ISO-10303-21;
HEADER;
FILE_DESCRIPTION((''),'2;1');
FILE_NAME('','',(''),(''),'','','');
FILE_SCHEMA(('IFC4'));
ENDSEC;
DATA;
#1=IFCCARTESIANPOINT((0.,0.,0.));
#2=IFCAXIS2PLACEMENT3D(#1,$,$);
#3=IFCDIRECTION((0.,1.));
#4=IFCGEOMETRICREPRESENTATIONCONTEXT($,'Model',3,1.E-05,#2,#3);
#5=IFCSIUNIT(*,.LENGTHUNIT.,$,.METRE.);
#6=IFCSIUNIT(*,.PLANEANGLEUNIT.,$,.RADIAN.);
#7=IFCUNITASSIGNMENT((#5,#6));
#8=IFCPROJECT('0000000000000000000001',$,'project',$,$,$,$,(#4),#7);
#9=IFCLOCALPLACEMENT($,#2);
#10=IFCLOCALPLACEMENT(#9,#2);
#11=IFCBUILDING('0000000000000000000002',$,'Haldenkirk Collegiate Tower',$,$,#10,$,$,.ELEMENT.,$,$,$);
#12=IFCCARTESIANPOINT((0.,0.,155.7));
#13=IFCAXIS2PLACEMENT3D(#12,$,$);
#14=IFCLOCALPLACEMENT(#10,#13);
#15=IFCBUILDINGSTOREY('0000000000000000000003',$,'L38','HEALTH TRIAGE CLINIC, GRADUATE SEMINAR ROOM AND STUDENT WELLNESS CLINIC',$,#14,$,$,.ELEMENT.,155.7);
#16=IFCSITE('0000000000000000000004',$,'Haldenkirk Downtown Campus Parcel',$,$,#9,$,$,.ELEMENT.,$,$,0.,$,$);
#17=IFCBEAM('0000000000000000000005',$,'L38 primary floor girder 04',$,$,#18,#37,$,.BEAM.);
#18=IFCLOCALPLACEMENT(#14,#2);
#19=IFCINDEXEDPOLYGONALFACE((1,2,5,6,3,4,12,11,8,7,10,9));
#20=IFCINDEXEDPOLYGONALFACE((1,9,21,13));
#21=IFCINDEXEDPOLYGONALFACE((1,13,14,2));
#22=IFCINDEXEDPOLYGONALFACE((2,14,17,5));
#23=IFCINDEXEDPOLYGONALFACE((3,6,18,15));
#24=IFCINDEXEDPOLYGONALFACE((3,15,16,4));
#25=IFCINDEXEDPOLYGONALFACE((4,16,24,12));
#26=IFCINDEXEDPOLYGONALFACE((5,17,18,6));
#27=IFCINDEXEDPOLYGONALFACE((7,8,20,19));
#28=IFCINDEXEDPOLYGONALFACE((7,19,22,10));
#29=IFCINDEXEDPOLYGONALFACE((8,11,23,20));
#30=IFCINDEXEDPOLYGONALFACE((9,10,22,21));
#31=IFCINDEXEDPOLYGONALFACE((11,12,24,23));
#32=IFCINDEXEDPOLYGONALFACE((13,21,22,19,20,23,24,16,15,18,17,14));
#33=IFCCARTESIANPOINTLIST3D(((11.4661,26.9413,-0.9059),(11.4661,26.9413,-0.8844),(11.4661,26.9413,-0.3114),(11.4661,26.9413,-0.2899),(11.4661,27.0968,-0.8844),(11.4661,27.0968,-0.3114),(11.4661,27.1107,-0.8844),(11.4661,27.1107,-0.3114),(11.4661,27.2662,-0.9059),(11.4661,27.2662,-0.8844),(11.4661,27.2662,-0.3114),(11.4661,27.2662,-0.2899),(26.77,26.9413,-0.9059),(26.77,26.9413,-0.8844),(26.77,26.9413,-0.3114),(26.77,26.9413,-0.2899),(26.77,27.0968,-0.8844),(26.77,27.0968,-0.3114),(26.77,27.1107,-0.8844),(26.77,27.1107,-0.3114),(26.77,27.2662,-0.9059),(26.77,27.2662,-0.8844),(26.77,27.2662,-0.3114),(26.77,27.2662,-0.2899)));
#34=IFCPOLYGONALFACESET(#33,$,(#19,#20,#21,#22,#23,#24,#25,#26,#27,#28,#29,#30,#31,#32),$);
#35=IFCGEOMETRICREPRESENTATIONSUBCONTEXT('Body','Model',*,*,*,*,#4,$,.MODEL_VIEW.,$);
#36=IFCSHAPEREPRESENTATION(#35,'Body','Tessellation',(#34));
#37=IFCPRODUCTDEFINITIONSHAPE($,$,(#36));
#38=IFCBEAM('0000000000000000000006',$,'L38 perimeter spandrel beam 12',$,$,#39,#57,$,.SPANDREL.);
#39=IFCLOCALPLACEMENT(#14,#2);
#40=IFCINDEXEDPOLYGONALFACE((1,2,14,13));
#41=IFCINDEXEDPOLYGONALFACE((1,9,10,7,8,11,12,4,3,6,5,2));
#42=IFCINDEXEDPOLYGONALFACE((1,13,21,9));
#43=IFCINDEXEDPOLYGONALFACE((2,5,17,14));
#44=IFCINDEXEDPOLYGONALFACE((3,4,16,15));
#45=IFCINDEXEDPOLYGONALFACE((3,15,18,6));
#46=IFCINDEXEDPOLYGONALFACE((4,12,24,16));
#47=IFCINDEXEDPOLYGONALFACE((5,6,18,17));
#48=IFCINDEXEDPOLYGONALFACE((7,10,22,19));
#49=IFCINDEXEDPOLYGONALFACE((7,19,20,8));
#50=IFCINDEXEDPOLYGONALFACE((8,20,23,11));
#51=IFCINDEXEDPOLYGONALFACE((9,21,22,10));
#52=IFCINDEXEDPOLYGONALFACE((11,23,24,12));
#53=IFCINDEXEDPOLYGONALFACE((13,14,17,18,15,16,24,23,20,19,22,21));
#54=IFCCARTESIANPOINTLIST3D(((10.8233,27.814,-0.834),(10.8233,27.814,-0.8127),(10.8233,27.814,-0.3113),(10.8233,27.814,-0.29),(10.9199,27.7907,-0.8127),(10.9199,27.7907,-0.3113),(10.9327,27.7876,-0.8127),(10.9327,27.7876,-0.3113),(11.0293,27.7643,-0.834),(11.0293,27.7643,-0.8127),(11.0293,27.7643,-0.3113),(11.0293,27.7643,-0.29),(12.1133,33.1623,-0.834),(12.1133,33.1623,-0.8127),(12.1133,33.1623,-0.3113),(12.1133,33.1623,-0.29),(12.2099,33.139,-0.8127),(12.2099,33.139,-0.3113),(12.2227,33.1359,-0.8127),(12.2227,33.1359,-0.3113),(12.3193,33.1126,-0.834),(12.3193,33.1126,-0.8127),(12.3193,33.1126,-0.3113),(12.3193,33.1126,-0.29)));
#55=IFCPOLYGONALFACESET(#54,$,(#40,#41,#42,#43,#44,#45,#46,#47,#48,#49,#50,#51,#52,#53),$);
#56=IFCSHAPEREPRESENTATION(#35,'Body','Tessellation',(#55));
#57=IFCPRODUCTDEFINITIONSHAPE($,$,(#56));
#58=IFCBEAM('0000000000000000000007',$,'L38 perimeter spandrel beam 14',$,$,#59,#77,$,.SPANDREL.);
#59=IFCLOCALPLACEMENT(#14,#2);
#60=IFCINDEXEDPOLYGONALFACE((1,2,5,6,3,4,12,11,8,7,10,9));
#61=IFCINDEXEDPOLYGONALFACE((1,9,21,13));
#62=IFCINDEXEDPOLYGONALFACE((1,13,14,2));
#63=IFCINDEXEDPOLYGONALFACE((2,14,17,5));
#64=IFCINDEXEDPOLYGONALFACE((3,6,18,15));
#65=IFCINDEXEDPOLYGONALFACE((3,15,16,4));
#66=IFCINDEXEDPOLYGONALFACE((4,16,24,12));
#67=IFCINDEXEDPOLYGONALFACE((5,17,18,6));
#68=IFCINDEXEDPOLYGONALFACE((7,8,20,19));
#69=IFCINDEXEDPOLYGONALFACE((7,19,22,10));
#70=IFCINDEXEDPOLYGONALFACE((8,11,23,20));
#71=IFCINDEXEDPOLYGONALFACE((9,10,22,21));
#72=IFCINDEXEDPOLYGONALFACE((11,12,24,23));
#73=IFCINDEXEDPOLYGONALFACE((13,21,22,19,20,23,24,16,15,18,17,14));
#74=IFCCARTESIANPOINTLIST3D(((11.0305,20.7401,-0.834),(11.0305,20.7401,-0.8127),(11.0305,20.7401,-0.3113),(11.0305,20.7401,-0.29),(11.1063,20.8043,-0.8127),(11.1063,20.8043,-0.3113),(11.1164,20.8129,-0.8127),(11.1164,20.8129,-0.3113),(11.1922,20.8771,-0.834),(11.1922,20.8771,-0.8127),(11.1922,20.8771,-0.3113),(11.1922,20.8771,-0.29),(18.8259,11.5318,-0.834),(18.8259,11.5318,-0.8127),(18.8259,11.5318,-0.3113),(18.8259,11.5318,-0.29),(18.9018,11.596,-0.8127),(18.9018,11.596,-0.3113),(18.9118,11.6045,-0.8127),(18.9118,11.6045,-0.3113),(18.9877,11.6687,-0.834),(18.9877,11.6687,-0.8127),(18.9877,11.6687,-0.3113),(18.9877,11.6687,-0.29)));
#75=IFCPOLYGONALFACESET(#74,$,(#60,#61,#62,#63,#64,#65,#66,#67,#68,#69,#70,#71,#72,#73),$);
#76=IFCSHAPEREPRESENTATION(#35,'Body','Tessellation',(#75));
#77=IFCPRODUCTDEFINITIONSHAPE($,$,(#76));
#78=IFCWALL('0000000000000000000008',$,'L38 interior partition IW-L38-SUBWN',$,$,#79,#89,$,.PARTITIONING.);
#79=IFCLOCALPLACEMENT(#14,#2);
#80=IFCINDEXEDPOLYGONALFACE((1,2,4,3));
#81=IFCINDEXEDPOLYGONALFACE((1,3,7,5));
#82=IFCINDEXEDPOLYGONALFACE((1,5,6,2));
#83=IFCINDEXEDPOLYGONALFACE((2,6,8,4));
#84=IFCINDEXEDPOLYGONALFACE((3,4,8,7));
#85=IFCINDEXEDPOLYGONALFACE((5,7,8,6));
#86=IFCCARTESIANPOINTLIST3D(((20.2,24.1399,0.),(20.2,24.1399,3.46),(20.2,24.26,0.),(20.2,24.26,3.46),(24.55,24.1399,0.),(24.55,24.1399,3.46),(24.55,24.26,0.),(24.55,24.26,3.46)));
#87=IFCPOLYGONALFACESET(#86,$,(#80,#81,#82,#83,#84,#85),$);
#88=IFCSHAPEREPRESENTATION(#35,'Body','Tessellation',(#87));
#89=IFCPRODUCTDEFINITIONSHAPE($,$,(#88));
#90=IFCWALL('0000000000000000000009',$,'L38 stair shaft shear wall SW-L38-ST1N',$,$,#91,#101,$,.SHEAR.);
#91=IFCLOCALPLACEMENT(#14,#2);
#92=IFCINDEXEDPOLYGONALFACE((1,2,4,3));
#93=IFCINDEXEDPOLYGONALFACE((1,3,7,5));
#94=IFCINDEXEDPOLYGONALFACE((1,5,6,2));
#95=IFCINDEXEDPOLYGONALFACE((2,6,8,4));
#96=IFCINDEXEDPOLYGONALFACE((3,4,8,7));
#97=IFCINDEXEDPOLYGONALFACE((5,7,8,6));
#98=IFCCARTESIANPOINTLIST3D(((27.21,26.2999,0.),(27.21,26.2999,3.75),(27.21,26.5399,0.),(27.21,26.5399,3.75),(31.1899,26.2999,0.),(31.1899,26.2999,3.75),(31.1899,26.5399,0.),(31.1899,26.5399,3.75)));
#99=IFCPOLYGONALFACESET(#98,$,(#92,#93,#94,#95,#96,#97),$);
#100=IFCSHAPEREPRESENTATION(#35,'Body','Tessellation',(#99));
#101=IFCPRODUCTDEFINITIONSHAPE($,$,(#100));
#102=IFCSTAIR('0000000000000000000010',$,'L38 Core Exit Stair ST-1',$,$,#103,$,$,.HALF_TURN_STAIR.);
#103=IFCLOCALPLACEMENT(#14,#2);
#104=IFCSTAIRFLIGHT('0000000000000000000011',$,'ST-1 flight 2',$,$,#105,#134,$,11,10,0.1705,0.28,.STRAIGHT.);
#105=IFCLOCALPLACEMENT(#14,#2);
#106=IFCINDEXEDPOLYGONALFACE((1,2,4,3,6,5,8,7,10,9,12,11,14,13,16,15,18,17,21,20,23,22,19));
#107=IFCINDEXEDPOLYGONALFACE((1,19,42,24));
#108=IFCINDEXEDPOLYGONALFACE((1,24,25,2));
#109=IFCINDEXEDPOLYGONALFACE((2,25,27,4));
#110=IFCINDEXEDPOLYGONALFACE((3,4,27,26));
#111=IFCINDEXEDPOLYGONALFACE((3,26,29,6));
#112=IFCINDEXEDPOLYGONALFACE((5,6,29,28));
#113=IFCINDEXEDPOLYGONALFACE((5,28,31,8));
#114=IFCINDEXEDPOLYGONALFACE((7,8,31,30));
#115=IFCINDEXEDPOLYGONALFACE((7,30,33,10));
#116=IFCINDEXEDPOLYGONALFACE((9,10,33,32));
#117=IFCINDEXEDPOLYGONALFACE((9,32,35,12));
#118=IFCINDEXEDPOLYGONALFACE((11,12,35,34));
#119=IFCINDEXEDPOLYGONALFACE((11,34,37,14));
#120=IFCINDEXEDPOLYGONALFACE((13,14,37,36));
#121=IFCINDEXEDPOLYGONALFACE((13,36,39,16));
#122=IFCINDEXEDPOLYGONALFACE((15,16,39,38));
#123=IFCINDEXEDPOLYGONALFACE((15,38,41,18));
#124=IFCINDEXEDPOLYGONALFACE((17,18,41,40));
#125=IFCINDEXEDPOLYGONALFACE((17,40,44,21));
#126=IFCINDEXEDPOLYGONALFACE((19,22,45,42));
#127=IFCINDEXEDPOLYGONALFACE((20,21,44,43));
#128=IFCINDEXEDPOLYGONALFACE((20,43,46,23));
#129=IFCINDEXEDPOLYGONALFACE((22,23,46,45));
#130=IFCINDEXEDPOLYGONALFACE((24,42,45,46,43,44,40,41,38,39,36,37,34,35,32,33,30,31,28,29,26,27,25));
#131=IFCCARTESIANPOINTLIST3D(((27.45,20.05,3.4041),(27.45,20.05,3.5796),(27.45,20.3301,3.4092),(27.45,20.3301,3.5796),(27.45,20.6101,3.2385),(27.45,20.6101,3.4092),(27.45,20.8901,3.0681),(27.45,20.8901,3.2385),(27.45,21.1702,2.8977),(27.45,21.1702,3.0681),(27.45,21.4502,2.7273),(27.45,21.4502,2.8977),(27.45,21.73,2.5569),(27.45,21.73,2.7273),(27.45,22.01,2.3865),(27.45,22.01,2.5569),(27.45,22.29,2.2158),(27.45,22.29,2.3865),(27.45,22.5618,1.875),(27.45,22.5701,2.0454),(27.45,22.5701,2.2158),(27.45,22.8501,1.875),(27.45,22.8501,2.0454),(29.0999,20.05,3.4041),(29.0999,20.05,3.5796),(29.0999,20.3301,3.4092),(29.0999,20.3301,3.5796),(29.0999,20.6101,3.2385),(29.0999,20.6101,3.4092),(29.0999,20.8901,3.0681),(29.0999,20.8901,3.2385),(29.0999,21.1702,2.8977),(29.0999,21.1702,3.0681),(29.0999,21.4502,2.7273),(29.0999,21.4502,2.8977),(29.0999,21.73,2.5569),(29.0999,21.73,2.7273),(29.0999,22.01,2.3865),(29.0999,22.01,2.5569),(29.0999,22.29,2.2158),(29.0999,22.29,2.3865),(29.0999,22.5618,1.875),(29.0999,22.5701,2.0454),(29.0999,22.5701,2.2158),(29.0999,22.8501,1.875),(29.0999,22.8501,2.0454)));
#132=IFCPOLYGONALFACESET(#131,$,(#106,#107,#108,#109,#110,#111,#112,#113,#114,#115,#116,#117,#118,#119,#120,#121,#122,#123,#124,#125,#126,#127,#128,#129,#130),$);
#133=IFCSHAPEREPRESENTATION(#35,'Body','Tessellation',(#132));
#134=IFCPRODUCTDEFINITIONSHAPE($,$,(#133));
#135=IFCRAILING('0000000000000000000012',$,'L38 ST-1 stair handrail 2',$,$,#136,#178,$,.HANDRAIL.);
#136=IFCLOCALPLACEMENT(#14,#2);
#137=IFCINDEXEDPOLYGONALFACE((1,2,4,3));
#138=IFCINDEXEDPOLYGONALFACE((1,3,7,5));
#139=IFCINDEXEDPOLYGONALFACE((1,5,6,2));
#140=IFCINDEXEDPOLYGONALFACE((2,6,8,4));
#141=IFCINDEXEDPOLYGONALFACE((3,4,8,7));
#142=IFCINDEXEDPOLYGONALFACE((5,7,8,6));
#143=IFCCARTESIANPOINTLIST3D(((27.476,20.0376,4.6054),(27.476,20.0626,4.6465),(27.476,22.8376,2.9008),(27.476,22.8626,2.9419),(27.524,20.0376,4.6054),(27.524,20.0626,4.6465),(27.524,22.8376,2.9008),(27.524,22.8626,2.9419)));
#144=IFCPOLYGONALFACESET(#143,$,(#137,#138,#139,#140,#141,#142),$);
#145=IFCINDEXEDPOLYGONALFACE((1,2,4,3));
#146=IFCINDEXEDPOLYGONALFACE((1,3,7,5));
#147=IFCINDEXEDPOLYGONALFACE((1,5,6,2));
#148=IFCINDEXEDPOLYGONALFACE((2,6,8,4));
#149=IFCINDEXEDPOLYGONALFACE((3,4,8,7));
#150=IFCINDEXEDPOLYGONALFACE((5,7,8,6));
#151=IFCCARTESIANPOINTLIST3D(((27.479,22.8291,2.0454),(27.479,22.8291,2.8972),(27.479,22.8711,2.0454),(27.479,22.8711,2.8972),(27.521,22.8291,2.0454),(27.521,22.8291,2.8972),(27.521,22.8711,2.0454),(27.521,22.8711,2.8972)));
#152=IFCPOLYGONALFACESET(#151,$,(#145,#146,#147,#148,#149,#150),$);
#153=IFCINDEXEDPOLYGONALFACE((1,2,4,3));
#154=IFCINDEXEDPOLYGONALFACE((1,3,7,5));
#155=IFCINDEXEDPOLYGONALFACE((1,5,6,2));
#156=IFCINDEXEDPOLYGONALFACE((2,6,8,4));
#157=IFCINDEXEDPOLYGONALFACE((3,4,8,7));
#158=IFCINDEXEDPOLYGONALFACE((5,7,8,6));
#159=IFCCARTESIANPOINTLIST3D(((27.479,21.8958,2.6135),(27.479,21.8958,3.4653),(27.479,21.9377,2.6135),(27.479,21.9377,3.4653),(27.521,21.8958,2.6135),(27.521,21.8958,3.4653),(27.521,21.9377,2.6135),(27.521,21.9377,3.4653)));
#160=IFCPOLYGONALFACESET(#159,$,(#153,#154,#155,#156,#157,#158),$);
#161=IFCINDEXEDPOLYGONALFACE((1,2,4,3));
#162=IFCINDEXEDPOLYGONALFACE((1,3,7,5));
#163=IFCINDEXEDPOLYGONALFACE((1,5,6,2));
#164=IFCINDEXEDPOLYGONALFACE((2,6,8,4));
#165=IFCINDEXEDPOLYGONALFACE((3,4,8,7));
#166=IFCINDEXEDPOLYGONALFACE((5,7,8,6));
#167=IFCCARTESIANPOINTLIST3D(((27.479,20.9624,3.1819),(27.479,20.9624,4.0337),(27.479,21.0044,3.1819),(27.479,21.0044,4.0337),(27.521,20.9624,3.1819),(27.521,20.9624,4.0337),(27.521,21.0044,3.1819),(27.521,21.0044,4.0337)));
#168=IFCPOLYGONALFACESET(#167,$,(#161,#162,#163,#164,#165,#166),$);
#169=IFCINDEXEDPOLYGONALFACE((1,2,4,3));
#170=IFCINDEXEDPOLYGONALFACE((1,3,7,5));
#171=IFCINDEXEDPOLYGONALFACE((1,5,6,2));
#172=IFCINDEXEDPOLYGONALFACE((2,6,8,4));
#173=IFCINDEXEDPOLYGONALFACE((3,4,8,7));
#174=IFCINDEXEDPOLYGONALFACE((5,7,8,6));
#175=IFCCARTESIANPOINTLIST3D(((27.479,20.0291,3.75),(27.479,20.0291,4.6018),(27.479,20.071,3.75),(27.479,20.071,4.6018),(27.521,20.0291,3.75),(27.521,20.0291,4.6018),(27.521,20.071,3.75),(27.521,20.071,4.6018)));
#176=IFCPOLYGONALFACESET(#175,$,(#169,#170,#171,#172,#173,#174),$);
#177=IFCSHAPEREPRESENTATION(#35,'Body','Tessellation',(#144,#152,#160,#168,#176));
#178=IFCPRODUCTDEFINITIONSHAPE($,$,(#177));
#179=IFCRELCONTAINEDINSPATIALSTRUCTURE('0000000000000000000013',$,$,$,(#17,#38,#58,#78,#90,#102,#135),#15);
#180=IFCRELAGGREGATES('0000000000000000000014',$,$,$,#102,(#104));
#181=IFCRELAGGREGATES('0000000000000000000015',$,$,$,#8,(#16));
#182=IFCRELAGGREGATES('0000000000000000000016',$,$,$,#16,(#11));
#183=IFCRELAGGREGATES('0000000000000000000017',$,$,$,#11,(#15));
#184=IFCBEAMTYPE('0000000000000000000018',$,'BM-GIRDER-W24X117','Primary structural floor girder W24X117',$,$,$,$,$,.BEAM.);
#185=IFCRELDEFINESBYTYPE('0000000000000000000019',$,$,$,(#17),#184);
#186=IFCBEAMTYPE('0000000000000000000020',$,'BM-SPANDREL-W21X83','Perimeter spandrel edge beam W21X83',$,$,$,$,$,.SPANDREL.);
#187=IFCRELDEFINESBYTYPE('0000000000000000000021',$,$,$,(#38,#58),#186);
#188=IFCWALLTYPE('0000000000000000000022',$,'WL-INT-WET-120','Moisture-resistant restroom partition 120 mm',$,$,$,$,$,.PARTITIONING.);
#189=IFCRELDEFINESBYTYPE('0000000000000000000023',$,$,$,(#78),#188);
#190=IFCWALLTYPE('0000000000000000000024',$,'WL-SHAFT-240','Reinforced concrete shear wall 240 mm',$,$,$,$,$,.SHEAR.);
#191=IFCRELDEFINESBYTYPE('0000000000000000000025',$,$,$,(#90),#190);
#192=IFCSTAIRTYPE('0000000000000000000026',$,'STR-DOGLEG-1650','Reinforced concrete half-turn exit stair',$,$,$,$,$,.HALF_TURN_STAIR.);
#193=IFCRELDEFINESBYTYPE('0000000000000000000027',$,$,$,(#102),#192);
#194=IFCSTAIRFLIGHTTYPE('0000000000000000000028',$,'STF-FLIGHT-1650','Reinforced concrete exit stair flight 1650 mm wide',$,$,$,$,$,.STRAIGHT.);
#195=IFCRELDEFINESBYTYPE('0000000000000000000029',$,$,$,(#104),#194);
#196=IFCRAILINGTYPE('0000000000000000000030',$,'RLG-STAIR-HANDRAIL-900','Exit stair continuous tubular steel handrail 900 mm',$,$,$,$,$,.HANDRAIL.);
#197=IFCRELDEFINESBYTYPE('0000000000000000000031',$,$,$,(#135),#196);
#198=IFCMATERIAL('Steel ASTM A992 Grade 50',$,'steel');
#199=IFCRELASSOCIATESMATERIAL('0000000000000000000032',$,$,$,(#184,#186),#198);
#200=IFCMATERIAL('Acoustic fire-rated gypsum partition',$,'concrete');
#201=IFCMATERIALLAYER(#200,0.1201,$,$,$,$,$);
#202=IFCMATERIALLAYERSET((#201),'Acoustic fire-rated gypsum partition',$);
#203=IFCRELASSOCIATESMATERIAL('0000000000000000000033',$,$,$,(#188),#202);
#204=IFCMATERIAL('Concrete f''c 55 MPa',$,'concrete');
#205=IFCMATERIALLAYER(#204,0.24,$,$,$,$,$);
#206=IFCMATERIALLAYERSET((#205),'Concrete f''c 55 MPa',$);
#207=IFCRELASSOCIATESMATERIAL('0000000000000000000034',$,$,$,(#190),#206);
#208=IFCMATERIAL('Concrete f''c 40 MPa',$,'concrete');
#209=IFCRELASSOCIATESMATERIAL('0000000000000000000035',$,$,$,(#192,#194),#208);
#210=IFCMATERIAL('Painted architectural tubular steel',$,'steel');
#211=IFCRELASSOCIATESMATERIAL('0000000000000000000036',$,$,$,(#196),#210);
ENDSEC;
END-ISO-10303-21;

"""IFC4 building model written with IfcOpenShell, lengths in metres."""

from ifc_helpers import new_model, si_unit, direction, frame, frame_2d, origin, origin_2d, place, context, subcontext, project, spatial, polyline, rectangle, i_section, outline, extrude, material, layer, layer_set, material_profile, profile_set, type_object, element, aggregate, save


model = new_model("IFC4")

# Units and contexts
model_context = context("Model", 3, precision=1e-05, world=origin(), true_north=direction((0.0, 1.0)))
body_context = subcontext(model_context, "Body", "Model", "MODEL_VIEW")
ifc_project = project(units=[si_unit("LENGTHUNIT", "METRE"), si_unit("PLANEANGLEUNIT", "RADIAN")], contexts=[model_context])

# Site, building, storey
site_placement = place(None, origin())
site = spatial("IfcSite", under=ifc_project, at=site_placement, Name="Haldenkirk Downtown Campus Parcel", CompositionType="ELEMENT", RefElevation=0.0)
building_placement = place(site_placement, origin())
building = spatial("IfcBuilding", under=site, at=building_placement, Name="Haldenkirk Collegiate Tower", CompositionType="ELEMENT")
storey_placement = place(building_placement, frame((0.0, 0.0, 155.7)))
storey = spatial("IfcBuildingStorey", under=building, at=storey_placement, Name="L38", Description="HEALTH TRIAGE CLINIC, GRADUATE SEMINAR ROOM AND STUDENT WELLNESS CLINIC", CompositionType="ELEMENT", Elevation=155.7)

# Beams
ifc_material_1 = material(Name="Steel ASTM A992 Grade 50", Category="steel")
ifc_material_profile_1 = material_profile(ifc_material_1, i_section(OverallWidth=0.325, OverallDepth=0.616, WebThickness=0.0139, FlangeThickness=0.0215, at=origin_2d()), Name="W24X117")
ifc_profile_set_1 = profile_set([ifc_material_profile_1], Name="Steel ASTM A992 Grade 50")
beam_type_1 = type_object("IfcBeamType", Name="BM-GIRDER-W24X117", Description="Primary structural floor girder W24X117", PredefinedType="BEAM", material=ifc_profile_set_1)
beam_1_placement = place(storey_placement, frame((11.4661, 27.1038, -0.5979), z_axis=(1.0, 0.0, 0.0), x_axis=(0.0, 1.0, 0.0)))
element("IfcBeam", 1, at=beam_1_placement, inside=storey, type_object=beam_type_1, Name="L38 primary floor girder 04", PredefinedType="BEAM", context=body_context, shape_type="SweptSolid", body=[
    extrude(i_section(OverallWidth=0.325, OverallDepth=0.616, WebThickness=0.0139, FlangeThickness=0.0215, at=origin_2d()), origin(), (0.0, 0.0, 1.0), 15.304),
])
ifc_material_profile_2 = material_profile(ifc_material_1, i_section(OverallWidth=0.2119, OverallDepth=0.5439, WebThickness=0.0132, FlangeThickness=0.0212, at=origin_2d()), Name="W21X83")
ifc_profile_set_2 = profile_set([ifc_material_profile_2], Name="Steel ASTM A992 Grade 50")
beam_type_2 = type_object("IfcBeamType", Name="BM-SPANDREL-W21X83", Description="Perimeter spandrel edge beam W21X83", PredefinedType="SPANDREL", material=ifc_profile_set_2)
beam_2_placement = place(storey_placement, frame((12.2163, 33.1375, -0.562), z_axis=(-0.234477, -0.972122, 0.0), x_axis=(0.972122, -0.234477, 0.0)))
element("IfcBeam", 2, at=beam_2_placement, inside=storey, type_object=beam_type_2, Name="L38 perimeter spandrel beam 12", PredefinedType="SPANDREL", context=body_context, shape_type="SweptSolid", body=[
    extrude(i_section(OverallWidth=0.2119, OverallDepth=0.5439, WebThickness=0.0132, FlangeThickness=0.0212, at=origin_2d()), origin(), (0.0, 0.0, 1.0), 5.5017),
])
beam_3_placement = place(storey_placement, frame((11.1113, 20.8086, -0.562), z_axis=(0.646126, -0.76323, 0.0), x_axis=(0.76323, 0.646126, 0.0)))
element("IfcBeam", 3, at=beam_3_placement, inside=storey, type_object=beam_type_2, Name="L38 perimeter spandrel beam 14", PredefinedType="SPANDREL", context=body_context, shape_type="SweptSolid", body=[
    extrude(i_section(OverallWidth=0.2119, OverallDepth=0.5439, WebThickness=0.0132, FlangeThickness=0.0212, at=origin_2d()), origin(), (0.0, 0.0, 1.0), 12.0649),
])

# Shared definitions
ifc_material_2 = material(Name="Acoustic fire-rated gypsum partition", Category="concrete")

# Walls
ifc_layer_1 = layer(ifc_material_2, 0.1201)
ifc_layer_set_1 = layer_set([ifc_layer_1], Name="Acoustic fire-rated gypsum partition")
wall_type_1 = type_object("IfcWallType", Name="WL-INT-WET-120", Description="Moisture-resistant restroom partition 120 mm", PredefinedType="PARTITIONING", material=ifc_layer_set_1)
wall_1_placement = place(storey_placement, frame((20.2, 24.2, 0.0), z_axis=(0.0, 0.0, 1.0), x_axis=(1.0, 0.0, 0.0)))
element("IfcWall", 4, at=wall_1_placement, inside=storey, type_object=wall_type_1, Name="L38 interior partition IW-L38-SUBWN", PredefinedType="PARTITIONING", context=body_context, shape_type="SweptSolid", body=[
    extrude(rectangle(XDim=4.3501, YDim=0.1201, at=frame_2d((2.175, 0.0))), origin(), (0.0, 0.0, 1.0), 3.46),
])
ifc_material_3 = material(Name="Concrete f'c 55 MPa", Category="concrete")
ifc_layer_2 = layer(ifc_material_3, 0.24)
ifc_layer_set_2 = layer_set([ifc_layer_2], Name="Concrete f'c 55 MPa")
wall_type_2 = type_object("IfcWallType", Name="WL-SHAFT-240", Description="Reinforced concrete shear wall 240 mm", PredefinedType="SHEAR", material=ifc_layer_set_2)
wall_2_placement = place(storey_placement, frame((27.21, 26.4199, 0.0), z_axis=(0.0, 0.0, 1.0), x_axis=(1.0, 0.0, 0.0)))
element("IfcWall", 5, at=wall_2_placement, inside=storey, type_object=wall_type_2, Name="L38 stair shaft shear wall SW-L38-ST1N", PredefinedType="SHEAR", context=body_context, shape_type="SweptSolid", body=[
    extrude(rectangle(XDim=3.98, YDim=0.24, at=frame_2d((1.99, 0.0))), origin(), (0.0, 0.0, 1.0), 3.75),
])

# Stair, stair flight
ifc_material_4 = material(Name="Concrete f'c 40 MPa", Category="concrete")
stair_type = type_object("IfcStairType", Name="STR-DOGLEG-1650", Description="Reinforced concrete half-turn exit stair", PredefinedType="HALF_TURN_STAIR", material=ifc_material_4)
stair_placement = place(storey_placement, origin())
stair = element("IfcStair", 6, at=stair_placement, inside=storey, type_object=stair_type, Name="L38 Core Exit Stair ST-1", PredefinedType="HALF_TURN_STAIR")
stair_flight_type = type_object("IfcStairFlightType", Name="STF-FLIGHT-1650", Description="Reinforced concrete exit stair flight 1650 mm wide", PredefinedType="STRAIGHT", material=ifc_material_4)
stair_flight_placement = place(storey_placement, frame((28.2749, 22.8501, 1.875), z_axis=(0.0, 0.0, 1.0), x_axis=(0.0, -1.0, 0.0)))
stair_flight = element("IfcStairFlight", 7, at=stair_flight_placement, type_object=stair_flight_type, Name="ST-1 flight 2", NumberOfRisers=11, NumberOfTreads=10, PredefinedType="STRAIGHT", RiserHeight=0.1705, TreadLength=0.28, context=body_context, shape_type="SweptSolid", body=[
    extrude(outline(polyline([(0.0, 0.0), (0.0, 0.1704), (0.28, 0.1704), (0.28, 0.3408), (0.5601, 0.3408), (0.5601, 0.5115), (0.8401, 0.5115), (0.8401, 0.6819), (1.1201, 0.6819), (1.1201, 0.8523), (1.3999, 0.8523), (1.3999, 1.0227), (1.6799, 1.0227), (1.6799, 1.1931), (1.96, 1.1931), (1.96, 1.3635), (2.24, 1.3635), (2.24, 1.5342), (2.52, 1.5342), (2.52, 1.7046), (2.8, 1.7046), (2.8, 1.875), (2.8, 1.5291), (0.2883, 0.0), (0.0, 0.0)])), frame((0.0, 0.825, 0.0), z_axis=(0.0, -1.0, 0.0), x_axis=(1.0, 0.0, 0.0)), (0.0, 0.0, 1.0), 1.6499),
])
aggregate(stair, [stair_flight])

# Railing
ifc_material_5 = material(Name="Painted architectural tubular steel", Category="steel")
railing_type = type_object("IfcRailingType", Name="RLG-STAIR-HANDRAIL-900", Description="Exit stair continuous tubular steel handrail 900 mm", PredefinedType="HANDRAIL", material=ifc_material_5)
railing_placement = place(storey_placement, frame((27.5, 22.8501, 2.0454)))
element("IfcRailing", 8, at=railing_placement, inside=storey, type_object=railing_type, Name="L38 ST-1 stair handrail 2", PredefinedType="HANDRAIL", context=body_context, shape_type="SweptSolid", body=[
    extrude(rectangle(XDim=0.0481, YDim=0.0481, at=origin_2d()), frame((0.0, 0.0, 0.876), z_axis=(0.0, -0.85417, 0.519994), x_axis=(1.0, 0.0, 0.0)), (0.0, 0.0, 1.0), 3.2781),
    extrude(rectangle(XDim=0.042, YDim=0.042, at=origin_2d()), origin(), (0.0, 0.0, 1.0), 0.8518),
    extrude(rectangle(XDim=0.042, YDim=0.042, at=origin_2d()), frame((0.0, -0.9333, 0.5681)), (0.0, 0.0, 1.0), 0.8518),
    extrude(rectangle(XDim=0.042, YDim=0.042, at=origin_2d()), frame((0.0, -1.8667, 1.1365)), (0.0, 0.0, 1.0), 0.8518),
    extrude(rectangle(XDim=0.042, YDim=0.042, at=origin_2d()), frame((0.0, -2.8, 1.7046)), (0.0, 0.0, 1.0), 0.8518),
])

save(model, "model.ifc")
